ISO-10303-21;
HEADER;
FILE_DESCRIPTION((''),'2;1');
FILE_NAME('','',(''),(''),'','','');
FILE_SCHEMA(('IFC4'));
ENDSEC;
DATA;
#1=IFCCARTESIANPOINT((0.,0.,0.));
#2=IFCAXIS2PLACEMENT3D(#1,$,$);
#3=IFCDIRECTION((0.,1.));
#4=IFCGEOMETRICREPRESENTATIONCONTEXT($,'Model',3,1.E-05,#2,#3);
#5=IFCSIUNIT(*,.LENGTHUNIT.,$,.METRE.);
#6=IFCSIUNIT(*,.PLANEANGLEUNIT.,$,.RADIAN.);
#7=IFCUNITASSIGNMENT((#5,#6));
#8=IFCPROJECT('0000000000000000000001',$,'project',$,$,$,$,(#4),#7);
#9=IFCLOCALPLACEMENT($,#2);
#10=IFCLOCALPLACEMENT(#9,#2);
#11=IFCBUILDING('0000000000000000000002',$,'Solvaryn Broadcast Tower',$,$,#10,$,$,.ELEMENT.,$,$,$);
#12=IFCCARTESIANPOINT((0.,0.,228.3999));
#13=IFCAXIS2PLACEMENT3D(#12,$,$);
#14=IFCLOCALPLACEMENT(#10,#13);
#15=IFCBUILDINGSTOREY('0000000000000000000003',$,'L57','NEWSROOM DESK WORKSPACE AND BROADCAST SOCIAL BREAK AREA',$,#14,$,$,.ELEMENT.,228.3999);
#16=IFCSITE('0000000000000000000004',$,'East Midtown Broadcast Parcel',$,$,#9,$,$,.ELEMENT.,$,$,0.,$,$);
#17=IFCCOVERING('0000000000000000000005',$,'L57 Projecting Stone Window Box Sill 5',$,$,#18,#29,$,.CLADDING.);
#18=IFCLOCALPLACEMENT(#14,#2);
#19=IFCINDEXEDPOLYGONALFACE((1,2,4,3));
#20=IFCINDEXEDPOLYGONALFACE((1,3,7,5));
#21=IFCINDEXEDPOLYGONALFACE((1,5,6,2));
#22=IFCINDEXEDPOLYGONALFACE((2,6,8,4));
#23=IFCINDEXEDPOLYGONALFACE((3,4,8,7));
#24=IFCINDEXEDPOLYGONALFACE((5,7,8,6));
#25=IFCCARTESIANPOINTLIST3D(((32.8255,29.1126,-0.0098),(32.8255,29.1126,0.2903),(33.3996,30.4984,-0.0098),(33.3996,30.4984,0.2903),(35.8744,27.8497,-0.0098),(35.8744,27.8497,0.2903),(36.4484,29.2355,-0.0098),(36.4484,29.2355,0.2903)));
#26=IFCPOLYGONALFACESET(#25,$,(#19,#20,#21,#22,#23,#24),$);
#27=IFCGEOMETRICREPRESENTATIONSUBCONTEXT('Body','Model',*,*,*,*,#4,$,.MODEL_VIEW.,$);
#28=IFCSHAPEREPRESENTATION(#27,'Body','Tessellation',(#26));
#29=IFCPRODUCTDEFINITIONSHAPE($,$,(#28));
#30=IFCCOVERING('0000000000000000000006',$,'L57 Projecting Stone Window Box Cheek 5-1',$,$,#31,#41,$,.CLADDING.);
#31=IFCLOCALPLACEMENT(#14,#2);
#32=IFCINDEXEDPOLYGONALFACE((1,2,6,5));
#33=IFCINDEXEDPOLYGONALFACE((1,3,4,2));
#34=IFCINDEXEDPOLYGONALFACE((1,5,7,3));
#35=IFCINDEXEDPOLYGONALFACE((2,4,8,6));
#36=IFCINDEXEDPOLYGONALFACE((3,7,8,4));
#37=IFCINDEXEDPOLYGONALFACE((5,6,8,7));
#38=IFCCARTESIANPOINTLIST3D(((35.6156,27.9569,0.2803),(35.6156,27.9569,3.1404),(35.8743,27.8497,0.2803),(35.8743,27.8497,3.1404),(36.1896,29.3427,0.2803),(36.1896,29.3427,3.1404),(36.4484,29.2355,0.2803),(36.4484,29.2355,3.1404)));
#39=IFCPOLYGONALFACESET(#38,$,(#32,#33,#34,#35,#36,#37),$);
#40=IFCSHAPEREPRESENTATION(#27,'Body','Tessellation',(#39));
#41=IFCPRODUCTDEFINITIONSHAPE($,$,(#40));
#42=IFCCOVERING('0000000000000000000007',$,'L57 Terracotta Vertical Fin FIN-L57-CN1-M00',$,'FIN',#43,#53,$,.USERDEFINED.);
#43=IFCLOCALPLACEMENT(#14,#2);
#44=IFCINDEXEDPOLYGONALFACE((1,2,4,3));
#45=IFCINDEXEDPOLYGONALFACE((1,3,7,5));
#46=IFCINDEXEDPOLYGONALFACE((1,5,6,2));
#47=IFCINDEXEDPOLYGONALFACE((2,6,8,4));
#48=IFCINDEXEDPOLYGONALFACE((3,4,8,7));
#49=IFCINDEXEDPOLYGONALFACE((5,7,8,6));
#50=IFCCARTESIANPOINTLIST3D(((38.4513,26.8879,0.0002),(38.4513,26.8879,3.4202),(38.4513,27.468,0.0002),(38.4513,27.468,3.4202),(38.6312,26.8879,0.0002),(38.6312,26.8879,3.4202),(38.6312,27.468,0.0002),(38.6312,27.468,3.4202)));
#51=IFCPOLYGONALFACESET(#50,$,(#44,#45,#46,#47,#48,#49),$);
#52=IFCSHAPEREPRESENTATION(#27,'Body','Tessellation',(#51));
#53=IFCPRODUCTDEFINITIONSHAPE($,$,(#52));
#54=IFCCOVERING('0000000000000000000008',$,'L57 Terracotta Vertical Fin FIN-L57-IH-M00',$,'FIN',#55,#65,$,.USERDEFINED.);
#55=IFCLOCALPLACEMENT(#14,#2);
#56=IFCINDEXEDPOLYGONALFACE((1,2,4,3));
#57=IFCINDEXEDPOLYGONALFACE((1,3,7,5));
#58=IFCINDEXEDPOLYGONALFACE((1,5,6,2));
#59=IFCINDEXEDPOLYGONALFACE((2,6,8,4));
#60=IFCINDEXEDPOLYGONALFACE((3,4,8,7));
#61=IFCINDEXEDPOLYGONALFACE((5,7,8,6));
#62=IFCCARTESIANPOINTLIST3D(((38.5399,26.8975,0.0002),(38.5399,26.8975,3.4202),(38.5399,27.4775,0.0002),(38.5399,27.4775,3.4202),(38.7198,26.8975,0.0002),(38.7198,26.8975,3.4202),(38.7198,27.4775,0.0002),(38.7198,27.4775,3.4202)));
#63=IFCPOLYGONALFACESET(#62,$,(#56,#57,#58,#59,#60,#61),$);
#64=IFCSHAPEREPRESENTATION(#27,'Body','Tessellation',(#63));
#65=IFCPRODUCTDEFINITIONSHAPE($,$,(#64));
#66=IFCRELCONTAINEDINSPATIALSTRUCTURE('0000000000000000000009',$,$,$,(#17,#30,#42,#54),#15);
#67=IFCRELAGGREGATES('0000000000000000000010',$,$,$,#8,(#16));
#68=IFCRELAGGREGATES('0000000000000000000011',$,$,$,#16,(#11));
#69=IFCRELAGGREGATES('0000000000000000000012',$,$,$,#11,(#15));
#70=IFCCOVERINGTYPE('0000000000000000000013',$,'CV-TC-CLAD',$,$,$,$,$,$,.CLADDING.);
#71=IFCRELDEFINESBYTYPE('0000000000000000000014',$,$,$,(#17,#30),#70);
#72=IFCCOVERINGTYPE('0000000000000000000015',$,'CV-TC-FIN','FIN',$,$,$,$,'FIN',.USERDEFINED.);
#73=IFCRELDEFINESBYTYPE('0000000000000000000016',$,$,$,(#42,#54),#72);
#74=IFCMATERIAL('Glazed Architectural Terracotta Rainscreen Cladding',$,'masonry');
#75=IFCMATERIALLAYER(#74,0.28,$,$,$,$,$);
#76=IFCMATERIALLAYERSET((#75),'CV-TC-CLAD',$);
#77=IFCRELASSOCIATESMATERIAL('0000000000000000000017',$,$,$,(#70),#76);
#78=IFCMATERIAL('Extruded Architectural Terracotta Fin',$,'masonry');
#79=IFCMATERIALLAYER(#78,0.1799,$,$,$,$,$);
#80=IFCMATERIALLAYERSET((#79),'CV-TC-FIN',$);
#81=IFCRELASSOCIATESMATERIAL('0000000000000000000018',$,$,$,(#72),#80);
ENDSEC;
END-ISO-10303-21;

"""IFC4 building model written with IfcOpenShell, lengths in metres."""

from ifc_helpers import new_model, si_unit, direction, frame, origin, origin_2d, place, context, subcontext, project, spatial, rectangle, extrude, material, layer, layer_set, type_object, element, save


model = new_model("IFC4")

# Units and contexts
model_context = context("Model", 3, precision=1e-05, world=origin(), true_north=direction((0.0, 1.0)))
body_context = subcontext(model_context, "Body", "Model", "MODEL_VIEW")
ifc_project = project(units=[si_unit("LENGTHUNIT", "METRE"), si_unit("PLANEANGLEUNIT", "RADIAN")], contexts=[model_context])

# Site, building, storey
site_placement = place(None, origin())
site = spatial("IfcSite", under=ifc_project, at=site_placement, Name="East Midtown Broadcast Parcel", CompositionType="ELEMENT", RefElevation=0.0)
building_placement = place(site_placement, origin())
building = spatial("IfcBuilding", under=site, at=building_placement, Name="Solvaryn Broadcast Tower", CompositionType="ELEMENT")
storey_placement = place(building_placement, frame((0.0, 0.0, 228.3999)))
storey = spatial("IfcBuildingStorey", under=building, at=storey_placement, Name="L57", Description="NEWSROOM DESK WORKSPACE AND BROADCAST SOCIAL BREAK AREA", CompositionType="ELEMENT", Elevation=228.3999)

# Coverings
ifc_material_1 = material(Name="Glazed Architectural Terracotta Rainscreen Cladding", Category="masonry")
ifc_layer_1 = layer(ifc_material_1, 0.28)
ifc_layer_set_1 = layer_set([ifc_layer_1], Name="CV-TC-CLAD")
covering_type_1 = type_object("IfcCoveringType", Name="CV-TC-CLAD", PredefinedType="CLADDING", material=ifc_layer_set_1)
covering_1_placement = place(storey_placement, frame((34.637, 29.1741, -0.0098), z_axis=(0.0, 0.0, 1.0), x_axis=(-0.92388, 0.382683, 0.0)))
element("IfcCovering", 1, at=covering_1_placement, inside=storey, type_object=covering_type_1, Name="L57 Projecting Stone Window Box Sill 5", PredefinedType="CLADDING", context=body_context, shape_type="SweptSolid", body=[
    extrude(rectangle(XDim=3.3, YDim=1.5, at=origin_2d()), origin(), (0.0, 0.0, 1.0), 0.3),
])
covering_2_placement = place(storey_placement, frame((36.032, 28.5962, 0.2803), z_axis=(0.0, 0.0, 1.0), x_axis=(-0.92388, 0.382683, 0.0)))
element("IfcCovering", 2, at=covering_2_placement, inside=storey, type_object=covering_type_1, Name="L57 Projecting Stone Window Box Cheek 5-1", PredefinedType="CLADDING", context=body_context, shape_type="SweptSolid", body=[
    extrude(rectangle(XDim=0.28, YDim=1.5, at=origin_2d()), origin(), (0.0, 0.0, 1.0), 2.8601),
])
ifc_material_2 = material(Name="Extruded Architectural Terracotta Fin", Category="masonry")
ifc_layer_2 = layer(ifc_material_2, 0.1799)
ifc_layer_set_2 = layer_set([ifc_layer_2], Name="CV-TC-FIN")
covering_type_2 = type_object("IfcCoveringType", Name="CV-TC-FIN", Description="FIN", ElementType="FIN", PredefinedType="USERDEFINED", material=ifc_layer_set_2)
for number, where, z_axis, x_axis, name in (
    (3, (38.5413, 27.178, 0.0002), (0.0, 0.0, 1.0), (1.0, 0.0, 0.0), "L57 Terracotta Vertical Fin FIN-L57-CN1-M00"),
    (4, (38.6299, 27.1875, 0.0002), (0.0, 0.0, 1.0), (1.0, 0.0, 0.0), "L57 Terracotta Vertical Fin FIN-L57-IH-M00"),
):
    element("IfcCovering", number, at=place(storey_placement, frame(where, z_axis=z_axis, x_axis=x_axis)), inside=storey, type_object=covering_type_2, Name=name, ObjectType="FIN", PredefinedType="USERDEFINED", context=body_context, shape_type="SweptSolid", body=[
        extrude(rectangle(XDim=0.1799, YDim=0.5801, at=origin_2d()), origin(), (0.0, 0.0, 1.0), 3.4199),
    ])

save(model, "model.ifc")
